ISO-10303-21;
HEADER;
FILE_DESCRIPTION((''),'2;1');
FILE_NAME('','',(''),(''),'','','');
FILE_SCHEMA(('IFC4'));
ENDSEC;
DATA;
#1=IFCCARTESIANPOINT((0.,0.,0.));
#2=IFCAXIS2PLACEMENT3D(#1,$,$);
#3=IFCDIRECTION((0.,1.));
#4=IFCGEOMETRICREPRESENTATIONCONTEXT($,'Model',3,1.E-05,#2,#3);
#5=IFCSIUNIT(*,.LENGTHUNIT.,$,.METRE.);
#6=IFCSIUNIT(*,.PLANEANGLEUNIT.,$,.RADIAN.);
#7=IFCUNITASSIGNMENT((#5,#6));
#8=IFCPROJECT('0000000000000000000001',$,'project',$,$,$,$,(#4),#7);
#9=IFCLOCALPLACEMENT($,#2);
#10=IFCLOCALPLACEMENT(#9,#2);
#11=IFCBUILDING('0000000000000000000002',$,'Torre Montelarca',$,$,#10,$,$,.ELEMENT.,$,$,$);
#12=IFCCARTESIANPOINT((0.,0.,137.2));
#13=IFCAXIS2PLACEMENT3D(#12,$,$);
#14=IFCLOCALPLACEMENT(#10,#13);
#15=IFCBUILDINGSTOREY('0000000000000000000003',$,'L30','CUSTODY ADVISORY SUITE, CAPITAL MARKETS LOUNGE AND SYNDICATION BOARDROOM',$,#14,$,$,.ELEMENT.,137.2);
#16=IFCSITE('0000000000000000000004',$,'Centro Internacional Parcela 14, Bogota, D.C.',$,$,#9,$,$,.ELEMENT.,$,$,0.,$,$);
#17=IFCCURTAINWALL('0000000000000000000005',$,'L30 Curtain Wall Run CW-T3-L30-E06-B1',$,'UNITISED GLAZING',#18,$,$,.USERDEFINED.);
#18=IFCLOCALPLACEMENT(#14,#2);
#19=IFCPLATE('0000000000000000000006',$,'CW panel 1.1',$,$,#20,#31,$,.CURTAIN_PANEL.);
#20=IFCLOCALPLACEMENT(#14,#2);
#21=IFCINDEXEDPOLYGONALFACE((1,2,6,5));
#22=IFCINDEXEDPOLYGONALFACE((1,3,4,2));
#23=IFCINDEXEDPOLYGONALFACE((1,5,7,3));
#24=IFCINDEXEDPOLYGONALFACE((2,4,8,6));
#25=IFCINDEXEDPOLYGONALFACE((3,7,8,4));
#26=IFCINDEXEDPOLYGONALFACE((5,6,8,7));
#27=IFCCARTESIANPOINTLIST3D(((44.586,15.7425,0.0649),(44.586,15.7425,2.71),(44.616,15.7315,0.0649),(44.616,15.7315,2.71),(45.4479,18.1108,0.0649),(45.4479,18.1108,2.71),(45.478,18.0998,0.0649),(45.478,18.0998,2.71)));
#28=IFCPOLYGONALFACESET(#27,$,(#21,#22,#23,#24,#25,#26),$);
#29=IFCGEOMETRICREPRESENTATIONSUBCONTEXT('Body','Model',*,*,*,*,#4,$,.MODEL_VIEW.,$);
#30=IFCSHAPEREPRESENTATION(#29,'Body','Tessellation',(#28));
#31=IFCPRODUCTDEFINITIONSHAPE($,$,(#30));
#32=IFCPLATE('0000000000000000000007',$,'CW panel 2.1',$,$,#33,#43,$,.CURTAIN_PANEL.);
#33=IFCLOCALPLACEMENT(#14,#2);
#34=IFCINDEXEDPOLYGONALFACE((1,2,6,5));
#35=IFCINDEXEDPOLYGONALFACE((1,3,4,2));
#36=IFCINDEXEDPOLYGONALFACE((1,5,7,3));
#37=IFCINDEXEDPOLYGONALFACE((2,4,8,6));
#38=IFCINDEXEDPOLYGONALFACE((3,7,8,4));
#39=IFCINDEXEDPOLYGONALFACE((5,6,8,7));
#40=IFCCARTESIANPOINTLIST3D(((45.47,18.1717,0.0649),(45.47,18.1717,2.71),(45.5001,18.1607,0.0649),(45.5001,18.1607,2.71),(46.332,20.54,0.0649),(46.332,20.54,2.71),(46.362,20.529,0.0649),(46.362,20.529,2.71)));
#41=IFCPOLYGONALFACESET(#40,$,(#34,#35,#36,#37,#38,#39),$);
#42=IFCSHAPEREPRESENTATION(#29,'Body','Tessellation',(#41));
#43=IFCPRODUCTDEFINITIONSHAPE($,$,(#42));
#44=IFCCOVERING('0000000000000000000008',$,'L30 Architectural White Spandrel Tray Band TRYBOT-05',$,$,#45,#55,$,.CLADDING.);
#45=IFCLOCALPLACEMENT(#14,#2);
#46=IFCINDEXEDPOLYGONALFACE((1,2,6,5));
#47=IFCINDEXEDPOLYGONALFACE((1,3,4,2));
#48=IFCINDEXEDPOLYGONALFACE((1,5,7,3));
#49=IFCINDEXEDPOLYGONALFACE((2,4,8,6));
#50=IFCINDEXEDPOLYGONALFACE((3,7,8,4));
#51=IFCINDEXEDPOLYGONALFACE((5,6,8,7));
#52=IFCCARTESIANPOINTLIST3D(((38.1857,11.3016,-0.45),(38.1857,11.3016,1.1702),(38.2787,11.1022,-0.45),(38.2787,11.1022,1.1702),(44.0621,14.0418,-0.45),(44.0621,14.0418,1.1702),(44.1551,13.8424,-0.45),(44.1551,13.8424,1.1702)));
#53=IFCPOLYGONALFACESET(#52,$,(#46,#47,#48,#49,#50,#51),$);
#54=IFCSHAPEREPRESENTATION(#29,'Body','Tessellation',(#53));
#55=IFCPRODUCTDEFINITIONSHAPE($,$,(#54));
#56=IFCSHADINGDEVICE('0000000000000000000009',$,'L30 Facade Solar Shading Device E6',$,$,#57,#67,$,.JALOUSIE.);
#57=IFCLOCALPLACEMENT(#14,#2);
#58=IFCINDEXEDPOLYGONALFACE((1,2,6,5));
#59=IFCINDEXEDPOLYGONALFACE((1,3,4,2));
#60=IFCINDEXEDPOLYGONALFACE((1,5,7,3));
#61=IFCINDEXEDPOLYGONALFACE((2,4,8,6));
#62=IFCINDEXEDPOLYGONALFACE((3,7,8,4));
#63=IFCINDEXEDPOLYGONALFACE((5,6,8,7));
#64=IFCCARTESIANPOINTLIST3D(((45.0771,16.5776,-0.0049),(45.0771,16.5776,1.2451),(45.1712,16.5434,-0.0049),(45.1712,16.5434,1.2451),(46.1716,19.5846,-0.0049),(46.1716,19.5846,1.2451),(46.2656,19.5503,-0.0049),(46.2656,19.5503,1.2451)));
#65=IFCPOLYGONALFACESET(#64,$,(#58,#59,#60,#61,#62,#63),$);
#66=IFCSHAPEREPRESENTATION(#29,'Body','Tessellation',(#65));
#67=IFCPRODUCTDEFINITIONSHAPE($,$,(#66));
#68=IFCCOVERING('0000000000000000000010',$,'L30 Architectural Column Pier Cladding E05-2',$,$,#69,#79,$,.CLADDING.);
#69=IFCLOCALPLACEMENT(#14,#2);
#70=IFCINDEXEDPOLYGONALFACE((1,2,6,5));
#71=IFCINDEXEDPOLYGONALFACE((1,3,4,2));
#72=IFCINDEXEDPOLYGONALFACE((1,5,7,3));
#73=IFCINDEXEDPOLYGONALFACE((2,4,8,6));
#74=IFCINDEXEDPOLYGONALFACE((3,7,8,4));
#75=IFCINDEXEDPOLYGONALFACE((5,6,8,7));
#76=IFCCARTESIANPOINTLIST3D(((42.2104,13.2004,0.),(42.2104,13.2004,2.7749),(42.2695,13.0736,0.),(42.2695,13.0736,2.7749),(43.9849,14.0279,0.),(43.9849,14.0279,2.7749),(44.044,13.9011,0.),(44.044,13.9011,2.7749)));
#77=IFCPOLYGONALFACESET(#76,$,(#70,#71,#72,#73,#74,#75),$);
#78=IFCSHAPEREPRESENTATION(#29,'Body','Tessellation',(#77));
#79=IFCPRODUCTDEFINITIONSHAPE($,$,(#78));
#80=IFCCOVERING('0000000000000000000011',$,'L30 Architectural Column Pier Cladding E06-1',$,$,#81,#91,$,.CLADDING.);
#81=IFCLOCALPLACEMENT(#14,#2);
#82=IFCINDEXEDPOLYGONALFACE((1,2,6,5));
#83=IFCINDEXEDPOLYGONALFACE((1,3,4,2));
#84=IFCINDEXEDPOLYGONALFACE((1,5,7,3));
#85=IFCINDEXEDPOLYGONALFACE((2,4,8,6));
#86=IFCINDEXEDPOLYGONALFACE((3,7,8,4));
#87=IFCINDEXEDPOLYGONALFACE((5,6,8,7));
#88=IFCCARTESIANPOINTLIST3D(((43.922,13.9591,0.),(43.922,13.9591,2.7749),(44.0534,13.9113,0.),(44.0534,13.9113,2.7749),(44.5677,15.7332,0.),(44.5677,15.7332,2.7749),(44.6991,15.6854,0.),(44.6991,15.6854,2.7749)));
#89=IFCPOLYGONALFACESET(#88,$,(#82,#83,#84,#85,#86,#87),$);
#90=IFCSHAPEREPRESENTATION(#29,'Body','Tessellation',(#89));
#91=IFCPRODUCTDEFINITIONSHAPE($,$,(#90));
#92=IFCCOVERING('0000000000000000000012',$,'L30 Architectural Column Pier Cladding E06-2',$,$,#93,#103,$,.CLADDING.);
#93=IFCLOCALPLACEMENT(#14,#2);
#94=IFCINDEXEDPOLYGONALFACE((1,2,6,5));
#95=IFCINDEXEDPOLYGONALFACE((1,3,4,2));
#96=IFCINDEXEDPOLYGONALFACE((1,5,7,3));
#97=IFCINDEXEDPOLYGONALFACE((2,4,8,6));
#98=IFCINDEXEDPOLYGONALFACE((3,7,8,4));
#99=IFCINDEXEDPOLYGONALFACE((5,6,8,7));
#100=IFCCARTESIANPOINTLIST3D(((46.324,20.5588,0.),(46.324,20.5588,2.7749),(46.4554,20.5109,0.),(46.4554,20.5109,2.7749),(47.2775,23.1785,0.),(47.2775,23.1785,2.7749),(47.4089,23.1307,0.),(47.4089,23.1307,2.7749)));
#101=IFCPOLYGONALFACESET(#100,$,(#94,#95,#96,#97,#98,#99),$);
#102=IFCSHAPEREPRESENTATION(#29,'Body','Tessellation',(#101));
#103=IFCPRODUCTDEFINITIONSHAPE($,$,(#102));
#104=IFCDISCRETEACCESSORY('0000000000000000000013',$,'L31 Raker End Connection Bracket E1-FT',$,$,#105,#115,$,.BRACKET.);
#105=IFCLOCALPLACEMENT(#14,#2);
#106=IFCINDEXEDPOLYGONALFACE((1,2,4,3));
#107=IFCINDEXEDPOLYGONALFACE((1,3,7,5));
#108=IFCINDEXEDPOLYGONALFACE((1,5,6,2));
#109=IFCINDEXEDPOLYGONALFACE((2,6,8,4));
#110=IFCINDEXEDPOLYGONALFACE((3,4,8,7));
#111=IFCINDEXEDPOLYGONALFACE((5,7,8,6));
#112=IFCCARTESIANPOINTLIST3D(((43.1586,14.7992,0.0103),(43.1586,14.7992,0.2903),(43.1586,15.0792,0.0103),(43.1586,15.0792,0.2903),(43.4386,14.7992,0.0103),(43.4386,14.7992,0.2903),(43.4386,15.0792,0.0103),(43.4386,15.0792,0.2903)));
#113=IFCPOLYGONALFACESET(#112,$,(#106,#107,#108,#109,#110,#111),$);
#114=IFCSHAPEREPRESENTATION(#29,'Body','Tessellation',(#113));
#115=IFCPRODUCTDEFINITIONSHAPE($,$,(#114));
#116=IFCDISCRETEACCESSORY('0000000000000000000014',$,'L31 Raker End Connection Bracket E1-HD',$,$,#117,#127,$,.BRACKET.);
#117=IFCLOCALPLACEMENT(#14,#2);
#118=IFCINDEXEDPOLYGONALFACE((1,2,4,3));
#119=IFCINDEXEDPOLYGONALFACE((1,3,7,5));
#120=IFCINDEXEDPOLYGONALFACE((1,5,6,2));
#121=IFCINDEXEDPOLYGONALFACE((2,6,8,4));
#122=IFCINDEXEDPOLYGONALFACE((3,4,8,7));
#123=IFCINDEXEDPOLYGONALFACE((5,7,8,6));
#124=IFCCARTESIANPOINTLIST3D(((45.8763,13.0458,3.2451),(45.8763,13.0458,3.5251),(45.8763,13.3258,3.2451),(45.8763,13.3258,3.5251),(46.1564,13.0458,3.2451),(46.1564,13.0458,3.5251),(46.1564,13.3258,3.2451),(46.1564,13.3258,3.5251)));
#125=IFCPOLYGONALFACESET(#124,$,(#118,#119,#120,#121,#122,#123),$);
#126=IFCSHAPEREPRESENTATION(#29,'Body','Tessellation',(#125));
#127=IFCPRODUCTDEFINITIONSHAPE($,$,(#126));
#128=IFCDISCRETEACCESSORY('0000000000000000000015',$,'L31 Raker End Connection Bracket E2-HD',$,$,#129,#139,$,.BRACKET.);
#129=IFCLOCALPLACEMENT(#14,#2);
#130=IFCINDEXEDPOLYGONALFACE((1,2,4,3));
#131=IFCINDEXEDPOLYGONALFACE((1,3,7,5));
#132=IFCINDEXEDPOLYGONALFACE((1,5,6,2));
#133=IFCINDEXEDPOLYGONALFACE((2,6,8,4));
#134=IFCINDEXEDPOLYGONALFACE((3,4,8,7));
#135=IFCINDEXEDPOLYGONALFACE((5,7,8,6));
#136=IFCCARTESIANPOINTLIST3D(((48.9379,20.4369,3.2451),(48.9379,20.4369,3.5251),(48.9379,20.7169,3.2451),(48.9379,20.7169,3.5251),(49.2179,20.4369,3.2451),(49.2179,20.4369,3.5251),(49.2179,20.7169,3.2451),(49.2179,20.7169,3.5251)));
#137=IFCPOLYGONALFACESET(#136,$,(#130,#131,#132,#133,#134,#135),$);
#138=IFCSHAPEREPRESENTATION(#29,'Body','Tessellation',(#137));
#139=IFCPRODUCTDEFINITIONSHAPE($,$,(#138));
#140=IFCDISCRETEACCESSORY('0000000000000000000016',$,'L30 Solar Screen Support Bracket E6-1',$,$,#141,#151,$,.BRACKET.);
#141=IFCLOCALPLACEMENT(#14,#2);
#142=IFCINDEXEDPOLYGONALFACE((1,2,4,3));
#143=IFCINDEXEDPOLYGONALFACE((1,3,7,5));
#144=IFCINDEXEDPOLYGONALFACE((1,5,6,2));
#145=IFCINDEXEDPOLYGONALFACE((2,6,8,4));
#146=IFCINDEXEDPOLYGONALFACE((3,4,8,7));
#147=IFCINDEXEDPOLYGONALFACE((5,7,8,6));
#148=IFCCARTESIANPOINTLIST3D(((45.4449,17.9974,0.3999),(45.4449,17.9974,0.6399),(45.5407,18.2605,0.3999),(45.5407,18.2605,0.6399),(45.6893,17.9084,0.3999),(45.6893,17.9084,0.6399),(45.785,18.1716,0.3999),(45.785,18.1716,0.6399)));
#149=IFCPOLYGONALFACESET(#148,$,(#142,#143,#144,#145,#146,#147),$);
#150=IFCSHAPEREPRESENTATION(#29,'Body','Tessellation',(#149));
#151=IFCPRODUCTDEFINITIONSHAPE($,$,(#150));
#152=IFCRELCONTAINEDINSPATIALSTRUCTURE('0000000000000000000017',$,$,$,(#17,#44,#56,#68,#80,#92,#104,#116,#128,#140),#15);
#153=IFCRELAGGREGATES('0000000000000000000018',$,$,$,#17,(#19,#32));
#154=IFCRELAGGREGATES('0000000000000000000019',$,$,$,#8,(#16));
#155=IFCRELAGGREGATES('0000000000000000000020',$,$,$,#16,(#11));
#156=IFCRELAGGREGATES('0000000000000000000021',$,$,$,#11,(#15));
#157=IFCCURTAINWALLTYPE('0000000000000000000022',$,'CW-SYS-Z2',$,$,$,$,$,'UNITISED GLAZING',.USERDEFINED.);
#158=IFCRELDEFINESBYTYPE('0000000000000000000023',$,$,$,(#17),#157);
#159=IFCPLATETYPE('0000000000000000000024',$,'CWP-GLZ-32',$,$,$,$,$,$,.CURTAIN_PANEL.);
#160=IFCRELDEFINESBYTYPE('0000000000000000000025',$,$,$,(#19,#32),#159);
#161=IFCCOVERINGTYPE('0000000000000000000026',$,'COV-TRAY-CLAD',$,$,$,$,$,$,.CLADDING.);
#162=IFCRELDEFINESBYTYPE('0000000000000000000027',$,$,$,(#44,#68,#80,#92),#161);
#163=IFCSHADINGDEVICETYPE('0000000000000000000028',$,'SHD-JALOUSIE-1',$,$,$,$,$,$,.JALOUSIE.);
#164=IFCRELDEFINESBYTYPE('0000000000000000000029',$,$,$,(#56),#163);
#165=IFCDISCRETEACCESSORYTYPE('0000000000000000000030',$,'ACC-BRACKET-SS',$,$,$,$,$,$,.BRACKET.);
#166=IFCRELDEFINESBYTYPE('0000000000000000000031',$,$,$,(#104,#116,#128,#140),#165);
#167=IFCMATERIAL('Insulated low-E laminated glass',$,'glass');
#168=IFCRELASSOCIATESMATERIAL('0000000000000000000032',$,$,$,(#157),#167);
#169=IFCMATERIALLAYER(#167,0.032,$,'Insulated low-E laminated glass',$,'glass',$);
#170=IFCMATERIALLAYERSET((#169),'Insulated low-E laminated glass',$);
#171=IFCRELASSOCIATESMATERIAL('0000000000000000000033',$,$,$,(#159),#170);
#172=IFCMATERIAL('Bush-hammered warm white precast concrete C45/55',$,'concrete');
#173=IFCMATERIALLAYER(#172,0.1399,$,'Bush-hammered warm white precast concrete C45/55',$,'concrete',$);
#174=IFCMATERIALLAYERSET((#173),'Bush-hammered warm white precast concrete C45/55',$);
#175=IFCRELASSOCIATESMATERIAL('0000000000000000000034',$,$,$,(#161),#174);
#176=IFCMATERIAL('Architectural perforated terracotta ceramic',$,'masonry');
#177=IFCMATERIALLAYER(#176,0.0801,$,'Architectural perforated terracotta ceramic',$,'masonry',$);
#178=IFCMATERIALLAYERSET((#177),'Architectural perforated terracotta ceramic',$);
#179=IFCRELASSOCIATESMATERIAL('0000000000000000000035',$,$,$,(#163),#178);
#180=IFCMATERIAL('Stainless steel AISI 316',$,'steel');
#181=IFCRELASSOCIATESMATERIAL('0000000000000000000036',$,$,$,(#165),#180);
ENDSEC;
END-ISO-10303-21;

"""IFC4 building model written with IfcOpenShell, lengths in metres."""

from ifc_helpers import new_model, si_unit, direction, frame, origin, origin_2d, place, context, subcontext, project, spatial, rectangle, extrude, source, transform, mapped, material, layer, layer_set, type_object, element, aggregate, save


model = new_model("IFC4")

# Units and contexts
model_context = context("Model", 3, precision=1e-05, world=origin(), true_north=direction((0.0, 1.0)))
body_context = subcontext(model_context, "Body", "Model", "MODEL_VIEW")
ifc_project = project(units=[si_unit("LENGTHUNIT", "METRE"), si_unit("PLANEANGLEUNIT", "RADIAN")], contexts=[model_context])

# Site, building, storey
site_placement = place(None, origin())
site = spatial("IfcSite", under=ifc_project, at=site_placement, Name="Centro Internacional Parcela 14, Bogota, D.C.", CompositionType="ELEMENT", RefElevation=0.0)
building_placement = place(site_placement, origin())
building = spatial("IfcBuilding", under=site, at=building_placement, Name="Torre Montelarca", CompositionType="ELEMENT")
storey_placement = place(building_placement, frame((0.0, 0.0, 137.2)))
storey = spatial("IfcBuildingStorey", under=building, at=storey_placement, Name="L30", Description="CUSTODY ADVISORY SUITE, CAPITAL MARKETS LOUNGE AND SYNDICATION BOARDROOM", CompositionType="ELEMENT", Elevation=137.2)

# Curtain wall
ifc_material_1 = material(Name="Insulated low-E laminated glass", Category="glass")
curtain_wall_type = type_object("IfcCurtainWallType", Name="CW-SYS-Z2", ElementType="UNITISED GLAZING", PredefinedType="USERDEFINED", material=ifc_material_1)
curtain_wall_1_placement = place(storey_placement, origin())
curtain_wall_1 = element("IfcCurtainWall", 1, at=curtain_wall_1_placement, inside=storey, type_object=curtain_wall_type, Name="L30 Curtain Wall Run CW-T3-L30-E06-B1", ObjectType="UNITISED GLAZING", PredefinedType="USERDEFINED")

# Plates
ifc_material_2 = material(Name="Architectural perforated terracotta ceramic", Category="masonry")
ifc_layer_1 = layer(ifc_material_1, 0.032, Name="Insulated low-E laminated glass", Category="glass")
ifc_layer_set_1 = layer_set([ifc_layer_1], Name="Insulated low-E laminated glass")
plate_type_1 = type_object("IfcPlateType", Name="CWP-GLZ-32", PredefinedType="CURTAIN_PANEL", material=ifc_layer_set_1)
shared_shape_1 = source(origin(), body_context, "Body", "SweptSolid", [
    extrude(rectangle(XDim=2.5203, YDim=0.032, at=origin_2d()), origin(), (0.0, 0.0, 1.0), 2.645),
])
plate_1_placement = place(storey_placement, frame((45.032, 16.9211, 0.0649), z_axis=(0.0, 0.0, 1.0), x_axis=(0.342005, 0.939698, 0.0)))
plate_1 = element("IfcPlate", 2, at=plate_1_placement, type_object=plate_type_1, Name="CW panel 1.1", PredefinedType="CURTAIN_PANEL", context=body_context, shape_type="MappedRepresentation", body=[
    mapped(shared_shape_1, transform((0.0, 0.0, 0.0), scale=1.0)),
])
plate_2_placement = place(storey_placement, frame((45.916, 19.3503, 0.0649), z_axis=(0.0, 0.0, 1.0), x_axis=(0.342005, 0.939698, 0.0)))
plate_2 = element("IfcPlate", 3, at=plate_2_placement, type_object=plate_type_1, Name="CW panel 2.1", PredefinedType="CURTAIN_PANEL", context=body_context, shape_type="MappedRepresentation", body=[
    mapped(shared_shape_1, transform((0.0, 0.0, 0.0), scale=1.0)),
])
aggregate(curtain_wall_1, [plate_1, plate_2])

# Covering
ifc_material_3 = material(Name="Bush-hammered warm white precast concrete C45/55", Category="concrete")
ifc_layer_2 = layer(ifc_material_3, 0.1399, Name="Bush-hammered warm white precast concrete C45/55", Category="concrete")
ifc_layer_set_2 = layer_set([ifc_layer_2], Name="Bush-hammered warm white precast concrete C45/55")
covering_type = type_object("IfcCoveringType", Name="COV-TRAY-CLAD", PredefinedType="CLADDING", material=ifc_layer_set_2)
shared_shape_2 = source(origin(), body_context, "Body", "SweptSolid", [
    extrude(rectangle(XDim=6.4839, YDim=0.22, at=origin_2d()), origin(), (0.0, 0.0, 1.0), 1.6201),
])
covering_1_placement = place(storey_placement, frame((41.1704, 12.572, -0.45), z_axis=(0.0, 0.0, 1.0), x_axis=(0.906309, 0.422615, 0.0)))
element("IfcCovering", 4, at=covering_1_placement, inside=storey, type_object=covering_type, Name="L30 Architectural White Spandrel Tray Band TRYBOT-05", PredefinedType="CLADDING", context=body_context, shape_type="MappedRepresentation", body=[
    mapped(shared_shape_2, transform((0.0, 0.0, 0.0), scale=1.0)),
])

# Shading device
ifc_layer_3 = layer(ifc_material_2, 0.0801, Name="Architectural perforated terracotta ceramic", Category="masonry")
ifc_layer_set_3 = layer_set([ifc_layer_3], Name="Architectural perforated terracotta ceramic")
shading_device_type = type_object("IfcShadingDeviceType", Name="SHD-JALOUSIE-1", PredefinedType="JALOUSIE", material=ifc_layer_set_3)
shared_shape_3 = source(origin(), body_context, "Body", "SweptSolid", [
    extrude(rectangle(XDim=3.2, YDim=0.1001, at=origin_2d()), origin(), (0.0, 0.0, 1.0), 1.25),
])
shading_device_placement = place(storey_placement, frame((45.6714, 18.064, -0.0049), z_axis=(0.0, 0.0, 1.0), x_axis=(0.342019, 0.939693, 0.0)))
element("IfcShadingDevice", 5, at=shading_device_placement, inside=storey, type_object=shading_device_type, Name="L30 Facade Solar Shading Device E6", PredefinedType="JALOUSIE", context=body_context, shape_type="MappedRepresentation", body=[
    mapped(shared_shape_3, transform((0.0, 0.0, 0.0), scale=1.0)),
])

# Coverings
shared_shape_4 = source(origin(), body_context, "Body", "SweptSolid", [
    extrude(rectangle(XDim=1.958, YDim=0.1399, at=origin_2d()), origin(), (0.0, 0.0, 1.0), 2.7749),
])
covering_2_placement = place(storey_placement, frame((43.1272, 13.5508, 0.0), z_axis=(0.0, 0.0, 1.0), x_axis=(0.906311, 0.422612, 0.0)))
element("IfcCovering", 6, at=covering_2_placement, inside=storey, type_object=covering_type, Name="L30 Architectural Column Pier Cladding E05-2", PredefinedType="CLADDING", context=body_context, shape_type="MappedRepresentation", body=[
    mapped(shared_shape_4, transform((0.0, 0.0, 0.0), scale=1.0)),
])
shared_shape_5 = source(origin(), body_context, "Body", "SweptSolid", [
    extrude(rectangle(XDim=1.8879, YDim=0.1399, at=origin_2d()), origin(), (0.0, 0.0, 1.0), 2.7749),
])
covering_3_placement = place(storey_placement, frame((44.3105, 14.8223, 0.0), z_axis=(0.0, 0.0, 1.0), x_axis=(0.342017, 0.939694, 0.0)))
element("IfcCovering", 7, at=covering_3_placement, inside=storey, type_object=covering_type, Name="L30 Architectural Column Pier Cladding E06-1", PredefinedType="CLADDING", context=body_context, shape_type="MappedRepresentation", body=[
    mapped(shared_shape_5, transform((0.0, 0.0, 0.0), scale=1.0)),
])
shared_shape_6 = source(origin(), body_context, "Body", "SweptSolid", [
    extrude(rectangle(XDim=2.7878, YDim=0.1399, at=origin_2d()), origin(), (0.0, 0.0, 1.0), 2.7749),
])
covering_4_placement = place(storey_placement, frame((46.8665, 21.8447, 0.0), z_axis=(0.0, 0.0, 1.0), x_axis=(0.342017, 0.939694, 0.0)))
element("IfcCovering", 8, at=covering_4_placement, inside=storey, type_object=covering_type, Name="L30 Architectural Column Pier Cladding E06-2", PredefinedType="CLADDING", context=body_context, shape_type="MappedRepresentation", body=[
    mapped(shared_shape_6, transform((0.0, 0.0, 0.0), scale=1.0)),
])

# Discrete accessories
ifc_material_4 = material(Name="Stainless steel AISI 316", Category="steel")
discrete_accessory_type = type_object("IfcDiscreteAccessoryType", Name="ACC-BRACKET-SS", PredefinedType="BRACKET", material=ifc_material_4)
shared_shape_7 = source(origin(), body_context, "Body", "SweptSolid", [
    extrude(rectangle(XDim=0.28, YDim=0.28, at=origin_2d()), origin(), (0.0, 0.0, 1.0), 0.28),
])
for number, where, z_axis, x_axis, name in (
    (9, (43.2986, 14.9392, 0.0103), (0.0, 0.0, 1.0), (1.0, 0.0, 0.0), "L31 Raker End Connection Bracket E1-FT"),
    (10, (46.0164, 13.1858, 3.2451), (0.0, 0.0, 1.0), (1.0, 0.0, 0.0), "L31 Raker End Connection Bracket E1-HD"),
    (11, (49.0779, 20.5769, 3.2451), (0.0, 0.0, 1.0), (1.0, 0.0, 0.0), "L31 Raker End Connection Bracket E2-HD"),
):
    element("IfcDiscreteAccessory", number, at=place(storey_placement, frame(where, z_axis=z_axis, x_axis=x_axis)), inside=storey, type_object=discrete_accessory_type, Name=name, PredefinedType="BRACKET", context=body_context, shape_type="MappedRepresentation", body=[
        mapped(shared_shape_7, transform((0.0, 0.0, 0.0), scale=1.0)),
    ])
shared_shape_8 = source(origin(), body_context, "Body", "SweptSolid", [
    extrude(rectangle(XDim=0.28, YDim=0.26, at=origin_2d()), origin(), (0.0, 0.0, 1.0), 0.24),
])
discrete_accessory_placement = place(storey_placement, frame((45.615, 18.0845, 0.3999), z_axis=(0.0, 0.0, 1.0), x_axis=(0.342019, 0.939693, 0.0)))
element("IfcDiscreteAccessory", 12, at=discrete_accessory_placement, inside=storey, type_object=discrete_accessory_type, Name="L30 Solar Screen Support Bracket E6-1", PredefinedType="BRACKET", context=body_context, shape_type="MappedRepresentation", body=[
    mapped(shared_shape_8, transform((0.0, 0.0, 0.0), scale=1.0)),
])

save(model, "model.ifc")
